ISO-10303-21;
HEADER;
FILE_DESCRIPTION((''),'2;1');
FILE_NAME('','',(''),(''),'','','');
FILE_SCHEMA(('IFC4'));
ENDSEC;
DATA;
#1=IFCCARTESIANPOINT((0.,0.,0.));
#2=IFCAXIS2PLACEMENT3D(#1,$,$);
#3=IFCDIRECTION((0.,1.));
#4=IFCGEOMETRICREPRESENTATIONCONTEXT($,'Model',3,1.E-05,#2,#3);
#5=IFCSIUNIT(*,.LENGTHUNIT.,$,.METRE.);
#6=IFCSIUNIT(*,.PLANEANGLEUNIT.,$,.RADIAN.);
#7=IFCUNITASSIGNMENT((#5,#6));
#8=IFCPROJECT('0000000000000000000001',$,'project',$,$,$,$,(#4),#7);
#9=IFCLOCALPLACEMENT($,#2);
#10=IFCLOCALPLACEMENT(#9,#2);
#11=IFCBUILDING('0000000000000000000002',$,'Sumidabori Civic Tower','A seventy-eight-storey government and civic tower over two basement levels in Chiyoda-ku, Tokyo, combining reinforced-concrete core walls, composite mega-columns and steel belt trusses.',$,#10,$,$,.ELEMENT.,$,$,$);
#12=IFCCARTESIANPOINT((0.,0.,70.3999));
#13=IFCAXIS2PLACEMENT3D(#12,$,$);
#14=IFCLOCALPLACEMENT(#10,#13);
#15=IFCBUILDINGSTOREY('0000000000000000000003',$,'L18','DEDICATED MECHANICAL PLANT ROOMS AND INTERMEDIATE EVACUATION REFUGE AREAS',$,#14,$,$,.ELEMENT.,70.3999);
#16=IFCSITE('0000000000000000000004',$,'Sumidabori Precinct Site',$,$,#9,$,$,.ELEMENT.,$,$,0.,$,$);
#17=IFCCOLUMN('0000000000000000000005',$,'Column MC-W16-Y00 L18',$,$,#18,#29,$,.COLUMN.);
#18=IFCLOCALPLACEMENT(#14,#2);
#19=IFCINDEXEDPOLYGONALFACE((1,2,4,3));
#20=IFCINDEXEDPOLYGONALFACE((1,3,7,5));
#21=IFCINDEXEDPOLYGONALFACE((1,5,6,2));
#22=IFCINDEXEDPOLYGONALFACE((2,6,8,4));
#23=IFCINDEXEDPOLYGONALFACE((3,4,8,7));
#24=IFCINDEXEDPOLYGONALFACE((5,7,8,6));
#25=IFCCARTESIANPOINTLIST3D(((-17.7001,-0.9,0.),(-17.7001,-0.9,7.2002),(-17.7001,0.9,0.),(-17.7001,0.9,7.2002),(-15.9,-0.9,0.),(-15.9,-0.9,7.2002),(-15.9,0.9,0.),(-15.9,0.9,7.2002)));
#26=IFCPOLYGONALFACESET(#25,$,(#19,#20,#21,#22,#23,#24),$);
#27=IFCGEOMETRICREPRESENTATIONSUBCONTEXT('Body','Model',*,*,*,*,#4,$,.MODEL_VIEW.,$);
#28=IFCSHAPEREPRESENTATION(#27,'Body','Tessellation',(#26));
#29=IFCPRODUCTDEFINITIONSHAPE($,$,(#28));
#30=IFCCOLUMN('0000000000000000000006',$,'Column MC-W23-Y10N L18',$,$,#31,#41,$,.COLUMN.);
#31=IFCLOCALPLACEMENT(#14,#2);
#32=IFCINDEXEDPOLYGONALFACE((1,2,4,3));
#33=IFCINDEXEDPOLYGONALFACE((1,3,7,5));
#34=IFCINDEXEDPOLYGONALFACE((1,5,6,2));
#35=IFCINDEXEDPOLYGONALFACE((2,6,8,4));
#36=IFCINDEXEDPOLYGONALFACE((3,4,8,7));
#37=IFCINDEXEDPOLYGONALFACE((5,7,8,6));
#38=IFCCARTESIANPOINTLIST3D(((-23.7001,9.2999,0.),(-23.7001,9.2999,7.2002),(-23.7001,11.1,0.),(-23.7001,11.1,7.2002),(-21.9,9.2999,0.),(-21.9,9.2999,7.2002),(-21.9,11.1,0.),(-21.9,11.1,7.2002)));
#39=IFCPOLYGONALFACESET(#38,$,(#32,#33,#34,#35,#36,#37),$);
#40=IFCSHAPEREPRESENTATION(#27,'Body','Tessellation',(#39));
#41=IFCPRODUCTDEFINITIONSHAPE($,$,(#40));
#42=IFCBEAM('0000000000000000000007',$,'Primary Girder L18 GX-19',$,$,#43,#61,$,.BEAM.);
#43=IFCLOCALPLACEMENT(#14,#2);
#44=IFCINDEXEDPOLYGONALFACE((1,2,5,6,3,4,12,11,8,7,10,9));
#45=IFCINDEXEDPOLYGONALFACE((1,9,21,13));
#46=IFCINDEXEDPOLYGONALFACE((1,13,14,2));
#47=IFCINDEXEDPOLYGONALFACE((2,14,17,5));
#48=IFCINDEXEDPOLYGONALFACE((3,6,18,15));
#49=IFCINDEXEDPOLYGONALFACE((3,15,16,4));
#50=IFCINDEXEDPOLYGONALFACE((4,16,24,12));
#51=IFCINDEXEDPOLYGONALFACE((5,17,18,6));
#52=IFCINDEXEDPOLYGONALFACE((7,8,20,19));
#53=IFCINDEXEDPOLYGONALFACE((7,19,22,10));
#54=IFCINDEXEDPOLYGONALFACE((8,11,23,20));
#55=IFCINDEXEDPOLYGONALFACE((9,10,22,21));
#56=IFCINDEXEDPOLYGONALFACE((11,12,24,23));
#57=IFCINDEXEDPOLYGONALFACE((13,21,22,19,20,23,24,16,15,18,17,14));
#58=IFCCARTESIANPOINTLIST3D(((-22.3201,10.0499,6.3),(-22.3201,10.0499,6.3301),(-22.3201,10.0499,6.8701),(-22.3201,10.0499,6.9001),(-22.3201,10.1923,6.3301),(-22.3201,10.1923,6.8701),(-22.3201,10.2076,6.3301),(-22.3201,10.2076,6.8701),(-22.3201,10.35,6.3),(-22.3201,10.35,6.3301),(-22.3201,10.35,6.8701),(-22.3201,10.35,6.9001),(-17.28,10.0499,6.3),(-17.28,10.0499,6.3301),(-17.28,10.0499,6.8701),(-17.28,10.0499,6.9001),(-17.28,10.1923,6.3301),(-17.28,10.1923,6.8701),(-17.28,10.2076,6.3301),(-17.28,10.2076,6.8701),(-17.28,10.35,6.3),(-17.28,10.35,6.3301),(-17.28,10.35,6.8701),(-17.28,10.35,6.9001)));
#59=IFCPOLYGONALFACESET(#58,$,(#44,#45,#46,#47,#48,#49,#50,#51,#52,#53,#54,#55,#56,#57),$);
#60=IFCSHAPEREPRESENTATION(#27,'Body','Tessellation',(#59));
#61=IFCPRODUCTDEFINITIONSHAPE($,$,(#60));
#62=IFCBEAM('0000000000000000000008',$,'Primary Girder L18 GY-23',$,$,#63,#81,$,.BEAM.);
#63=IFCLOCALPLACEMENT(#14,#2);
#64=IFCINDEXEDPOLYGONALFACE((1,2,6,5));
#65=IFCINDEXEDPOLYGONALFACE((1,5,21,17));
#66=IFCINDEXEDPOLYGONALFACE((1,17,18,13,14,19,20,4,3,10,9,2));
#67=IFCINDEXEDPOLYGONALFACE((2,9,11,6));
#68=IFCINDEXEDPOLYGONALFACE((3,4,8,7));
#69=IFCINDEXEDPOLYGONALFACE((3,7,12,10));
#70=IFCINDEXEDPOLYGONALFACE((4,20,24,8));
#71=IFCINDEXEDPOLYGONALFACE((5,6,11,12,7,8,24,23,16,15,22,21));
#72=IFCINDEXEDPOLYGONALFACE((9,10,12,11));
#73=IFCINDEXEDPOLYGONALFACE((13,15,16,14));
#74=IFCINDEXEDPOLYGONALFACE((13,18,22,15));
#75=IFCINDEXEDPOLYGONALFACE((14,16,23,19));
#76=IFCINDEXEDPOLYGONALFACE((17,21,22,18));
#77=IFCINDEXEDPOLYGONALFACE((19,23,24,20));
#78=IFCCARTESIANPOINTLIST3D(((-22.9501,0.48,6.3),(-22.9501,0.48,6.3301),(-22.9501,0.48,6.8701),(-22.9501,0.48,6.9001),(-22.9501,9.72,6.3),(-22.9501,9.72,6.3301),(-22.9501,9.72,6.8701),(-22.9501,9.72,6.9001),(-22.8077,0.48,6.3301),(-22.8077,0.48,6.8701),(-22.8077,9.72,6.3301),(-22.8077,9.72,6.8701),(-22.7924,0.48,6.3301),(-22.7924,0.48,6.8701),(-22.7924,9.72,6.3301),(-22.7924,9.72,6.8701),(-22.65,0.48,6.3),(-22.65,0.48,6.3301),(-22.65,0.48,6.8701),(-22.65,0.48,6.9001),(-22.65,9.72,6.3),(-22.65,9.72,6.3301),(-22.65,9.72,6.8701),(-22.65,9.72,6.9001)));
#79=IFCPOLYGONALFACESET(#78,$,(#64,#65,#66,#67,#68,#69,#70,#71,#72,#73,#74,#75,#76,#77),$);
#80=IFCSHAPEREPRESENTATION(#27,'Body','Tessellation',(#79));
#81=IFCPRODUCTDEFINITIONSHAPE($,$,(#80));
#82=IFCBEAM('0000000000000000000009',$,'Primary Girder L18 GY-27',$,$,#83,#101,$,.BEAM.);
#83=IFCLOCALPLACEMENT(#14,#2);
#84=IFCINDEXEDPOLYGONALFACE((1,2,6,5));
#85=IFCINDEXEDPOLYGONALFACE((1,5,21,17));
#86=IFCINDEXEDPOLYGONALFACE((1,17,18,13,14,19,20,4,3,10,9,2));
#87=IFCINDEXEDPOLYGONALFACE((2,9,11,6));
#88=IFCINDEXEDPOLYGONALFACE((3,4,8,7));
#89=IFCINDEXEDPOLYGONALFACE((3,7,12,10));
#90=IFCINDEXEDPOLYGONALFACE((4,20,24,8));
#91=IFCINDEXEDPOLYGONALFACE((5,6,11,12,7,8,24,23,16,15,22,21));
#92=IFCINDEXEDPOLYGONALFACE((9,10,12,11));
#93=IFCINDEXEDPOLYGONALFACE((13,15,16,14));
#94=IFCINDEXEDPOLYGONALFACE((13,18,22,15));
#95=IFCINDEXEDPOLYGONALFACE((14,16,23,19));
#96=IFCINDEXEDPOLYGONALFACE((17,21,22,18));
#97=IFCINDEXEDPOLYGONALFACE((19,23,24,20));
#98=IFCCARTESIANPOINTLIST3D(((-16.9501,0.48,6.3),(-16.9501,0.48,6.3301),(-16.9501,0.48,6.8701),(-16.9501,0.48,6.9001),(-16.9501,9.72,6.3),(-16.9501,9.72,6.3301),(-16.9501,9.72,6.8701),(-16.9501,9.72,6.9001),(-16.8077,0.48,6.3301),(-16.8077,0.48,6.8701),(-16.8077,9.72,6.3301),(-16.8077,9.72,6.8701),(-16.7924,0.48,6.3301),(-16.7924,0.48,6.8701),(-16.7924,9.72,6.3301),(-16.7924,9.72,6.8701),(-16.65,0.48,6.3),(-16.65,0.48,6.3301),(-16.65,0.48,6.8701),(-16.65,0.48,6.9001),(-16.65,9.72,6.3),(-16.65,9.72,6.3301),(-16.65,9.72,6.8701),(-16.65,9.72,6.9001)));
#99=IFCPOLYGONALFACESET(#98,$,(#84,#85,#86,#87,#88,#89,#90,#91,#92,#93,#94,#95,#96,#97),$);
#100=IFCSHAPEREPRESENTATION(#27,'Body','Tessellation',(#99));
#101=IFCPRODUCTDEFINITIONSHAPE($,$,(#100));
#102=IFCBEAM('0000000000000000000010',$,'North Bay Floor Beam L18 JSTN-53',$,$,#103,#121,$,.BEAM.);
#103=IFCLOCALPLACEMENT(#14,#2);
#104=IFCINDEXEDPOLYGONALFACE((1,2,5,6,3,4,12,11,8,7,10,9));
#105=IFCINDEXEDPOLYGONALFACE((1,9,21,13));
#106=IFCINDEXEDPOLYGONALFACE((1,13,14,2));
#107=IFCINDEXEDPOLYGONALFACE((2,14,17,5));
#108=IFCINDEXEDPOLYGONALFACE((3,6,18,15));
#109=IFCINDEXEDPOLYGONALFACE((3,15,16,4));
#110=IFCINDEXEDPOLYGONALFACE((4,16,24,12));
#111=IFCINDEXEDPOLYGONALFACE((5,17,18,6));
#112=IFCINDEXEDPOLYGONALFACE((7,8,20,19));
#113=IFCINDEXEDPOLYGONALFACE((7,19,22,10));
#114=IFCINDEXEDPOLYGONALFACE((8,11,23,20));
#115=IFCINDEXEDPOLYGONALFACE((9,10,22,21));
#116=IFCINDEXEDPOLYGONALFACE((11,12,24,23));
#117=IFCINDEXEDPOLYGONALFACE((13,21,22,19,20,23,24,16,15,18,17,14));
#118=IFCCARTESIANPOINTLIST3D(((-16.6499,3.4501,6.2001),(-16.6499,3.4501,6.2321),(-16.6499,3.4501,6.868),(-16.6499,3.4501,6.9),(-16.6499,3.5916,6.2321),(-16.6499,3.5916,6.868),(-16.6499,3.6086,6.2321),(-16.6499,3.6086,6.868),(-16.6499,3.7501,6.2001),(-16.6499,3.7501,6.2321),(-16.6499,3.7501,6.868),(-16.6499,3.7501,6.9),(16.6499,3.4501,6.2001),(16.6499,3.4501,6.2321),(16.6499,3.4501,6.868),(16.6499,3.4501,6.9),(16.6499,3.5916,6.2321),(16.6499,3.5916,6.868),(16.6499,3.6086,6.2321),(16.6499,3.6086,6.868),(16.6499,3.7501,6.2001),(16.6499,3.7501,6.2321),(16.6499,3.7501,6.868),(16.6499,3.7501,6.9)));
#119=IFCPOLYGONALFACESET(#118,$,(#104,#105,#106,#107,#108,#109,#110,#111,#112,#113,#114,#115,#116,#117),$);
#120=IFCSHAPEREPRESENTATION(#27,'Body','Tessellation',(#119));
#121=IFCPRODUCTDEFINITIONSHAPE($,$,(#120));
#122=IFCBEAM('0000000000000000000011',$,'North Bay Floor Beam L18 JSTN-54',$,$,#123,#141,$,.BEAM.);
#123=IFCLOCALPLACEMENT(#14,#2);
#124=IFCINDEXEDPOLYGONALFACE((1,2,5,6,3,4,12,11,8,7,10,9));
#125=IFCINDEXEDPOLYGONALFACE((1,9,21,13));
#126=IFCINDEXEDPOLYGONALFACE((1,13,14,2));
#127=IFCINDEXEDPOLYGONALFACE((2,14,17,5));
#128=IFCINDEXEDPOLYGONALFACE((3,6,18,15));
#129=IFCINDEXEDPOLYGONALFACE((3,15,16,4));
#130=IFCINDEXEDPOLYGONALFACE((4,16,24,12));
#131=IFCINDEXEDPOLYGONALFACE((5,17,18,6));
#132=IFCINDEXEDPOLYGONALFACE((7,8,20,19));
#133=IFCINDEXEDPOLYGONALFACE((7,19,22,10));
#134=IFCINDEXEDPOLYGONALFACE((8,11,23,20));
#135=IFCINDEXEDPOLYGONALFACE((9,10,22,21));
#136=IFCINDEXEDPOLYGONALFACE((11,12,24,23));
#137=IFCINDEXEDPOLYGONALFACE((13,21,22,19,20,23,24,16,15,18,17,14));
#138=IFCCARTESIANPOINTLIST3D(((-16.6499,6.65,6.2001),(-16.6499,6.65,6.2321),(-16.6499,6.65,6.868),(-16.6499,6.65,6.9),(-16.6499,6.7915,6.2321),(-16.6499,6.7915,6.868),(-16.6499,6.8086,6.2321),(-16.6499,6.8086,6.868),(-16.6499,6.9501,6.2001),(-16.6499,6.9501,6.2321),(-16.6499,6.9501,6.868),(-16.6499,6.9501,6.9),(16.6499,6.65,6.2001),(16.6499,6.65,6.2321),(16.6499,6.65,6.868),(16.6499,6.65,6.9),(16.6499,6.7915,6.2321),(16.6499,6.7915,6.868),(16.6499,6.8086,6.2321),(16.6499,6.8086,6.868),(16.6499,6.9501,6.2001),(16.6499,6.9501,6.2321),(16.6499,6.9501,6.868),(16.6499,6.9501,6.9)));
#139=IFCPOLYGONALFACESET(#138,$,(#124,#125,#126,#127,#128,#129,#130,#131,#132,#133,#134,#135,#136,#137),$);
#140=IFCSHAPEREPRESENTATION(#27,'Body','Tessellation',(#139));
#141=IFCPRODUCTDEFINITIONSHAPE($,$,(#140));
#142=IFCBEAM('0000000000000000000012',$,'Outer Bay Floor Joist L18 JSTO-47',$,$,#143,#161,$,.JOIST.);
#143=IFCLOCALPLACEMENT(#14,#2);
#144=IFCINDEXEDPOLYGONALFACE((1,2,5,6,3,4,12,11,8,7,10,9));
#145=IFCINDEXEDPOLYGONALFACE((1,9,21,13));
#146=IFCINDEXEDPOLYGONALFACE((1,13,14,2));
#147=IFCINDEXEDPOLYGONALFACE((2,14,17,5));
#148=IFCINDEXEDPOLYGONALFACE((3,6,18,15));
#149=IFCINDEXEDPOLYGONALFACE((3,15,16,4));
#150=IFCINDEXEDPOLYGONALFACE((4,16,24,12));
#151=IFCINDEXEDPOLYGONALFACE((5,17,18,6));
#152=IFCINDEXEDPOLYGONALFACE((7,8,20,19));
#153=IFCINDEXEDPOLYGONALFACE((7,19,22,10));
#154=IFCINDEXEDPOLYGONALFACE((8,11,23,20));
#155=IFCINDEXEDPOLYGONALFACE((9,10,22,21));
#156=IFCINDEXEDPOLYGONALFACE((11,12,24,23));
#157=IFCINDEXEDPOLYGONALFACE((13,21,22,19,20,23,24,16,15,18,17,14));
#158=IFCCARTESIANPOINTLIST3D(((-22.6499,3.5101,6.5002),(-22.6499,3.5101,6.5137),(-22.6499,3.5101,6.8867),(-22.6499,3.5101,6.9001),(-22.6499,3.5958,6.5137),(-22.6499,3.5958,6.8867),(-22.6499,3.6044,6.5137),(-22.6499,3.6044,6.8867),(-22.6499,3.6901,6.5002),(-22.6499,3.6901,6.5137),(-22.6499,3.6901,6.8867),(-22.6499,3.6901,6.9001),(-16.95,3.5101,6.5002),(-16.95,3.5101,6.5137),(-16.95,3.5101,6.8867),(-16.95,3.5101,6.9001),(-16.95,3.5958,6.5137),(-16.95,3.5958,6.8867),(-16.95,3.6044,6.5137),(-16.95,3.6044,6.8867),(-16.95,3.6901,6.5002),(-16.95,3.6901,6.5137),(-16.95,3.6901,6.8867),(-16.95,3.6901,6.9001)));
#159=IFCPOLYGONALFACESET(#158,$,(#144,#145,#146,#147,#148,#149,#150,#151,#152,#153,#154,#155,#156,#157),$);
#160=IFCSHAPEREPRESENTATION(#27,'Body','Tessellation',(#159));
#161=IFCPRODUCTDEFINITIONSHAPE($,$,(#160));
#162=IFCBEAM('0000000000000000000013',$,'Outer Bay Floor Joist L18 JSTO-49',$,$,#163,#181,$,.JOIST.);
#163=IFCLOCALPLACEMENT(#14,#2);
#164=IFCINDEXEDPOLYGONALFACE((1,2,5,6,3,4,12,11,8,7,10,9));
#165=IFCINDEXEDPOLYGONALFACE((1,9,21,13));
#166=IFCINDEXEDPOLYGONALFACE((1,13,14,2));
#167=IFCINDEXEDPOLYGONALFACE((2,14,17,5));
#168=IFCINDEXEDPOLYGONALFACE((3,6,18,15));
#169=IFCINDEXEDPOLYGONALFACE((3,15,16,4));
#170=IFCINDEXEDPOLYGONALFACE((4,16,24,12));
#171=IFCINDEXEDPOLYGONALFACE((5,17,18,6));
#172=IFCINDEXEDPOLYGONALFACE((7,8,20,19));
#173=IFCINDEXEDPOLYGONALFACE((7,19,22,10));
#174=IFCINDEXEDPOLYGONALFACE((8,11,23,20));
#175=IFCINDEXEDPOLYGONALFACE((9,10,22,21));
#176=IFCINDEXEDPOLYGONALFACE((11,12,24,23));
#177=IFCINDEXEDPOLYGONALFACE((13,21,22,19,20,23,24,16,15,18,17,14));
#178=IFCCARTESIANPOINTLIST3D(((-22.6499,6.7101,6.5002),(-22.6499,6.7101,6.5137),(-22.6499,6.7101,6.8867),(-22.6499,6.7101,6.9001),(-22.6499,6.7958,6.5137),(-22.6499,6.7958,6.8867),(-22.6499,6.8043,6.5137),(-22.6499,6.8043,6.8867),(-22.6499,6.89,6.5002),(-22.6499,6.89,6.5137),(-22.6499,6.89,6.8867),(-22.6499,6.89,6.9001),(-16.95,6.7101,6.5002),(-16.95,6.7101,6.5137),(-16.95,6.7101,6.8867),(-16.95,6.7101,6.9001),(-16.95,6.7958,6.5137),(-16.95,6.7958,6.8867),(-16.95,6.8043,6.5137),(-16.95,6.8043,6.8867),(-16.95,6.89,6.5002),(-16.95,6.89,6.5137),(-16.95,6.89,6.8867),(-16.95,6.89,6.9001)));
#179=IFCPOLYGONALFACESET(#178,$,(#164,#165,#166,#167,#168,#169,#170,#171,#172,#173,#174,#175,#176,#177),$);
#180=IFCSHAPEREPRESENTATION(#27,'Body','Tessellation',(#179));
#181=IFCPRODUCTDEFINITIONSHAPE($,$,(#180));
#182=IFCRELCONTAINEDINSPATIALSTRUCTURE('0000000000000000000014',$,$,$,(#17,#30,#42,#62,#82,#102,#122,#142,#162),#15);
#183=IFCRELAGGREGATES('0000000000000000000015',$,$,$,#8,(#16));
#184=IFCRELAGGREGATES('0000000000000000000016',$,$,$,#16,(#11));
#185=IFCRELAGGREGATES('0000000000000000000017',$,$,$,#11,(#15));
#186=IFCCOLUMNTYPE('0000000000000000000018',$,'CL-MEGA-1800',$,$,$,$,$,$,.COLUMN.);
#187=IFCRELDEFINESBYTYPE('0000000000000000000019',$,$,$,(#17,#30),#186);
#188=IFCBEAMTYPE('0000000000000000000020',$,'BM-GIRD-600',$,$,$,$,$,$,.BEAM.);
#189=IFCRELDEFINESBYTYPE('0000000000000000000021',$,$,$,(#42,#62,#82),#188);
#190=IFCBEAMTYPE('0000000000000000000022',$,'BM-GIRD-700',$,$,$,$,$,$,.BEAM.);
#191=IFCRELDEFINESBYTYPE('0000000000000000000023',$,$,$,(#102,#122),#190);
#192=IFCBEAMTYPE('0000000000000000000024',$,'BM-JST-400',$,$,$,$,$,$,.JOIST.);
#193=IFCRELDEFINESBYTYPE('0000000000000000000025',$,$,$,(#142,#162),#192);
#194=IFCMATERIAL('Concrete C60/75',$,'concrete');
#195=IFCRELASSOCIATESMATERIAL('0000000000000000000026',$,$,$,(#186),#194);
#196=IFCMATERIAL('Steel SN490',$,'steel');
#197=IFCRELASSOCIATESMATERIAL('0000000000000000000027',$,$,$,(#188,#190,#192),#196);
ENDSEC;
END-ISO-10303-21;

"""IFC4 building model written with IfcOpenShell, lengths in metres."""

from ifc_helpers import new_model, si_unit, direction, frame, origin, origin_2d, place, context, subcontext, project, spatial, rectangle, i_section, extrude, source, transform, mapped, material, material_profile, profile_set, type_object, element, save


model = new_model("IFC4")

# Units and contexts
model_context = context("Model", 3, precision=1e-05, world=origin(), true_north=direction((0.0, 1.0)))
body_context = subcontext(model_context, "Body", "Model", "MODEL_VIEW")
ifc_project = project(units=[si_unit("LENGTHUNIT", "METRE"), si_unit("PLANEANGLEUNIT", "RADIAN")], contexts=[model_context])

# Site, building, storey
site_placement = place(None, origin())
site = spatial("IfcSite", under=ifc_project, at=site_placement, Name="Sumidabori Precinct Site", CompositionType="ELEMENT", RefElevation=0.0)
building_placement = place(site_placement, origin())
building = spatial("IfcBuilding", under=site, at=building_placement, Name="Sumidabori Civic Tower", Description="A seventy-eight-storey government and civic tower over two basement levels in Chiyoda-ku, Tokyo, combining reinforced-concrete core walls, composite mega-columns and steel belt trusses.", CompositionType="ELEMENT")
storey_placement = place(building_placement, frame((0.0, 0.0, 70.3999)))
storey = spatial("IfcBuildingStorey", under=building, at=storey_placement, Name="L18", Description="DEDICATED MECHANICAL PLANT ROOMS AND INTERMEDIATE EVACUATION REFUGE AREAS", CompositionType="ELEMENT", Elevation=70.3999)

# Columns
ifc_material_1 = material(Name="Concrete C60/75", Category="concrete")
ifc_material_profile_1 = material_profile(ifc_material_1, rectangle(XDim=1.8, YDim=1.8, at=origin_2d()), Name="RC 1800x1800")
ifc_profile_set_1 = profile_set([ifc_material_profile_1], Name="Concrete C60/75")
column_type = type_object("IfcColumnType", Name="CL-MEGA-1800", PredefinedType="COLUMN", material=ifc_profile_set_1)
shared_shape_1 = source(origin(), body_context, "Body", "SweptSolid", [
    extrude(rectangle(XDim=1.8, YDim=1.8, at=origin_2d()), origin(), (0.0, 0.0, 1.0), 7.2002),
])
for number, where, z_axis, x_axis, name in (
    (1, (-16.8, 0.0, 0.0), (0.0, 0.0, 1.0), (1.0, 0.0, 0.0), "Column MC-W16-Y00 L18"),
    (2, (-22.8, 10.2, 0.0), (0.0, 0.0, 1.0), (1.0, 0.0, 0.0), "Column MC-W23-Y10N L18"),
):
    element("IfcColumn", number, at=place(storey_placement, frame(where, z_axis=z_axis, x_axis=x_axis)), inside=storey, type_object=column_type, Name=name, PredefinedType="COLUMN", context=body_context, shape_type="MappedRepresentation", body=[
        mapped(shared_shape_1, transform((0.0, 0.0, 0.0), x_axis=(1.0, 0.0, 0.0), y_axis=(0.0, 1.0, 0.0), z_axis=(0.0, 0.0, 1.0), scale=1.0)),
    ])

# Beams
ifc_material_2 = material(Name="Steel SN490", Category="steel")
ifc_material_profile_2 = material_profile(ifc_material_2, i_section(OverallWidth=0.3, OverallDepth=0.6001, WebThickness=0.0154, FlangeThickness=0.03, at=origin_2d()), Name="HE 600 B")
ifc_profile_set_2 = profile_set([ifc_material_profile_2], Name="Steel SN490")
beam_type_1 = type_object("IfcBeamType", Name="BM-GIRD-600", PredefinedType="BEAM", material=ifc_profile_set_2)
shared_shape_2 = source(origin(), body_context, "Body", "SweptSolid", [
    extrude(i_section(OverallWidth=0.3, OverallDepth=0.6001, WebThickness=0.0154, FlangeThickness=0.03, at=origin_2d()), origin(), (0.0, 0.0, 1.0), 5.04),
])
beam_1_placement = place(storey_placement, frame((-22.3201, 10.2, 6.6001), z_axis=(1.0, 0.0, 0.0), x_axis=(0.0, 1.0, 0.0)))
element("IfcBeam", 3, at=beam_1_placement, inside=storey, type_object=beam_type_1, Name="Primary Girder L18 GX-19", PredefinedType="BEAM", context=body_context, shape_type="MappedRepresentation", body=[
    mapped(shared_shape_2, transform((0.0, 0.0, 0.0), x_axis=(1.0, 0.0, 0.0), y_axis=(0.0, 1.0, 0.0), z_axis=(0.0, 0.0, 1.0), scale=1.0)),
])
shared_shape_3 = source(origin(), body_context, "Body", "SweptSolid", [
    extrude(i_section(OverallWidth=0.3, OverallDepth=0.6001, WebThickness=0.0154, FlangeThickness=0.03, at=origin_2d()), origin(), (0.0, 0.0, 1.0), 9.24),
])
for number, where, z_axis, x_axis, name in (
    (4, (-22.8, 0.48, 6.6001), (0.0, 1.0, 0.0), (-1.0, 0.0, 0.0), "Primary Girder L18 GY-23"),
    (5, (-16.8, 0.48, 6.6001), (0.0, 1.0, 0.0), (-1.0, 0.0, 0.0), "Primary Girder L18 GY-27"),
):
    element("IfcBeam", number, at=place(storey_placement, frame(where, z_axis=z_axis, x_axis=x_axis)), inside=storey, type_object=beam_type_1, Name=name, PredefinedType="BEAM", context=body_context, shape_type="MappedRepresentation", body=[
        mapped(shared_shape_3, transform((0.0, 0.0, 0.0), x_axis=(1.0, 0.0, 0.0), y_axis=(0.0, 1.0, 0.0), z_axis=(0.0, 0.0, 1.0), scale=1.0)),
    ])
ifc_material_profile_3 = material_profile(ifc_material_2, i_section(OverallWidth=0.3, OverallDepth=0.7, WebThickness=0.0171, FlangeThickness=0.032, at=origin_2d()), Name="HE 700 B")
ifc_profile_set_3 = profile_set([ifc_material_profile_3], Name="Steel SN490")
beam_type_2 = type_object("IfcBeamType", Name="BM-GIRD-700", PredefinedType="BEAM", material=ifc_profile_set_3)
shared_shape_4 = source(origin(), body_context, "Body", "SweptSolid", [
    extrude(i_section(OverallWidth=0.3, OverallDepth=0.7, WebThickness=0.0171, FlangeThickness=0.032, at=origin_2d()), origin(), (0.0, 0.0, 1.0), 33.2998),
])
for number, where, z_axis, x_axis, name in (
    (6, (-16.6499, 3.6001, 6.55), (1.0, 0.0, 0.0), (0.0, 1.0, 0.0), "North Bay Floor Beam L18 JSTN-53"),
    (7, (-16.6499, 6.8, 6.55), (1.0, 0.0, 0.0), (0.0, 1.0, 0.0), "North Bay Floor Beam L18 JSTN-54"),
):
    element("IfcBeam", number, at=place(storey_placement, frame(where, z_axis=z_axis, x_axis=x_axis)), inside=storey, type_object=beam_type_2, Name=name, PredefinedType="BEAM", context=body_context, shape_type="MappedRepresentation", body=[
        mapped(shared_shape_4, transform((0.0, 0.0, 0.0), x_axis=(1.0, 0.0, 0.0), y_axis=(0.0, 1.0, 0.0), z_axis=(0.0, 0.0, 1.0), scale=1.0)),
    ])
ifc_material_profile_4 = material_profile(ifc_material_2, i_section(OverallWidth=0.1799, OverallDepth=0.3999, WebThickness=0.0085, FlangeThickness=0.0134, at=origin_2d()), Name="IPE 400")
ifc_profile_set_4 = profile_set([ifc_material_profile_4], Name="Steel SN490")
beam_type_3 = type_object("IfcBeamType", Name="BM-JST-400", PredefinedType="JOIST", material=ifc_profile_set_4)
shared_shape_5 = source(origin(), body_context, "Body", "SweptSolid", [
    extrude(i_section(OverallWidth=0.1799, OverallDepth=0.3999, WebThickness=0.0085, FlangeThickness=0.0134, at=origin_2d()), origin(), (0.0, 0.0, 1.0), 5.7),
])
for number, where, z_axis, x_axis, name in (
    (8, (-22.6499, 3.6001, 6.7002), (1.0, 0.0, 0.0), (0.0, 1.0, 0.0), "Outer Bay Floor Joist L18 JSTO-47"),
    (9, (-22.6499, 6.8, 6.7002), (1.0, 0.0, 0.0), (0.0, 1.0, 0.0), "Outer Bay Floor Joist L18 JSTO-49"),
):
    element("IfcBeam", number, at=place(storey_placement, frame(where, z_axis=z_axis, x_axis=x_axis)), inside=storey, type_object=beam_type_3, Name=name, PredefinedType="JOIST", context=body_context, shape_type="MappedRepresentation", body=[
        mapped(shared_shape_5, transform((0.0, 0.0, 0.0), x_axis=(1.0, 0.0, 0.0), y_axis=(0.0, 1.0, 0.0), z_axis=(0.0, 0.0, 1.0), scale=1.0)),
    ])

save(model, "model.ifc")
